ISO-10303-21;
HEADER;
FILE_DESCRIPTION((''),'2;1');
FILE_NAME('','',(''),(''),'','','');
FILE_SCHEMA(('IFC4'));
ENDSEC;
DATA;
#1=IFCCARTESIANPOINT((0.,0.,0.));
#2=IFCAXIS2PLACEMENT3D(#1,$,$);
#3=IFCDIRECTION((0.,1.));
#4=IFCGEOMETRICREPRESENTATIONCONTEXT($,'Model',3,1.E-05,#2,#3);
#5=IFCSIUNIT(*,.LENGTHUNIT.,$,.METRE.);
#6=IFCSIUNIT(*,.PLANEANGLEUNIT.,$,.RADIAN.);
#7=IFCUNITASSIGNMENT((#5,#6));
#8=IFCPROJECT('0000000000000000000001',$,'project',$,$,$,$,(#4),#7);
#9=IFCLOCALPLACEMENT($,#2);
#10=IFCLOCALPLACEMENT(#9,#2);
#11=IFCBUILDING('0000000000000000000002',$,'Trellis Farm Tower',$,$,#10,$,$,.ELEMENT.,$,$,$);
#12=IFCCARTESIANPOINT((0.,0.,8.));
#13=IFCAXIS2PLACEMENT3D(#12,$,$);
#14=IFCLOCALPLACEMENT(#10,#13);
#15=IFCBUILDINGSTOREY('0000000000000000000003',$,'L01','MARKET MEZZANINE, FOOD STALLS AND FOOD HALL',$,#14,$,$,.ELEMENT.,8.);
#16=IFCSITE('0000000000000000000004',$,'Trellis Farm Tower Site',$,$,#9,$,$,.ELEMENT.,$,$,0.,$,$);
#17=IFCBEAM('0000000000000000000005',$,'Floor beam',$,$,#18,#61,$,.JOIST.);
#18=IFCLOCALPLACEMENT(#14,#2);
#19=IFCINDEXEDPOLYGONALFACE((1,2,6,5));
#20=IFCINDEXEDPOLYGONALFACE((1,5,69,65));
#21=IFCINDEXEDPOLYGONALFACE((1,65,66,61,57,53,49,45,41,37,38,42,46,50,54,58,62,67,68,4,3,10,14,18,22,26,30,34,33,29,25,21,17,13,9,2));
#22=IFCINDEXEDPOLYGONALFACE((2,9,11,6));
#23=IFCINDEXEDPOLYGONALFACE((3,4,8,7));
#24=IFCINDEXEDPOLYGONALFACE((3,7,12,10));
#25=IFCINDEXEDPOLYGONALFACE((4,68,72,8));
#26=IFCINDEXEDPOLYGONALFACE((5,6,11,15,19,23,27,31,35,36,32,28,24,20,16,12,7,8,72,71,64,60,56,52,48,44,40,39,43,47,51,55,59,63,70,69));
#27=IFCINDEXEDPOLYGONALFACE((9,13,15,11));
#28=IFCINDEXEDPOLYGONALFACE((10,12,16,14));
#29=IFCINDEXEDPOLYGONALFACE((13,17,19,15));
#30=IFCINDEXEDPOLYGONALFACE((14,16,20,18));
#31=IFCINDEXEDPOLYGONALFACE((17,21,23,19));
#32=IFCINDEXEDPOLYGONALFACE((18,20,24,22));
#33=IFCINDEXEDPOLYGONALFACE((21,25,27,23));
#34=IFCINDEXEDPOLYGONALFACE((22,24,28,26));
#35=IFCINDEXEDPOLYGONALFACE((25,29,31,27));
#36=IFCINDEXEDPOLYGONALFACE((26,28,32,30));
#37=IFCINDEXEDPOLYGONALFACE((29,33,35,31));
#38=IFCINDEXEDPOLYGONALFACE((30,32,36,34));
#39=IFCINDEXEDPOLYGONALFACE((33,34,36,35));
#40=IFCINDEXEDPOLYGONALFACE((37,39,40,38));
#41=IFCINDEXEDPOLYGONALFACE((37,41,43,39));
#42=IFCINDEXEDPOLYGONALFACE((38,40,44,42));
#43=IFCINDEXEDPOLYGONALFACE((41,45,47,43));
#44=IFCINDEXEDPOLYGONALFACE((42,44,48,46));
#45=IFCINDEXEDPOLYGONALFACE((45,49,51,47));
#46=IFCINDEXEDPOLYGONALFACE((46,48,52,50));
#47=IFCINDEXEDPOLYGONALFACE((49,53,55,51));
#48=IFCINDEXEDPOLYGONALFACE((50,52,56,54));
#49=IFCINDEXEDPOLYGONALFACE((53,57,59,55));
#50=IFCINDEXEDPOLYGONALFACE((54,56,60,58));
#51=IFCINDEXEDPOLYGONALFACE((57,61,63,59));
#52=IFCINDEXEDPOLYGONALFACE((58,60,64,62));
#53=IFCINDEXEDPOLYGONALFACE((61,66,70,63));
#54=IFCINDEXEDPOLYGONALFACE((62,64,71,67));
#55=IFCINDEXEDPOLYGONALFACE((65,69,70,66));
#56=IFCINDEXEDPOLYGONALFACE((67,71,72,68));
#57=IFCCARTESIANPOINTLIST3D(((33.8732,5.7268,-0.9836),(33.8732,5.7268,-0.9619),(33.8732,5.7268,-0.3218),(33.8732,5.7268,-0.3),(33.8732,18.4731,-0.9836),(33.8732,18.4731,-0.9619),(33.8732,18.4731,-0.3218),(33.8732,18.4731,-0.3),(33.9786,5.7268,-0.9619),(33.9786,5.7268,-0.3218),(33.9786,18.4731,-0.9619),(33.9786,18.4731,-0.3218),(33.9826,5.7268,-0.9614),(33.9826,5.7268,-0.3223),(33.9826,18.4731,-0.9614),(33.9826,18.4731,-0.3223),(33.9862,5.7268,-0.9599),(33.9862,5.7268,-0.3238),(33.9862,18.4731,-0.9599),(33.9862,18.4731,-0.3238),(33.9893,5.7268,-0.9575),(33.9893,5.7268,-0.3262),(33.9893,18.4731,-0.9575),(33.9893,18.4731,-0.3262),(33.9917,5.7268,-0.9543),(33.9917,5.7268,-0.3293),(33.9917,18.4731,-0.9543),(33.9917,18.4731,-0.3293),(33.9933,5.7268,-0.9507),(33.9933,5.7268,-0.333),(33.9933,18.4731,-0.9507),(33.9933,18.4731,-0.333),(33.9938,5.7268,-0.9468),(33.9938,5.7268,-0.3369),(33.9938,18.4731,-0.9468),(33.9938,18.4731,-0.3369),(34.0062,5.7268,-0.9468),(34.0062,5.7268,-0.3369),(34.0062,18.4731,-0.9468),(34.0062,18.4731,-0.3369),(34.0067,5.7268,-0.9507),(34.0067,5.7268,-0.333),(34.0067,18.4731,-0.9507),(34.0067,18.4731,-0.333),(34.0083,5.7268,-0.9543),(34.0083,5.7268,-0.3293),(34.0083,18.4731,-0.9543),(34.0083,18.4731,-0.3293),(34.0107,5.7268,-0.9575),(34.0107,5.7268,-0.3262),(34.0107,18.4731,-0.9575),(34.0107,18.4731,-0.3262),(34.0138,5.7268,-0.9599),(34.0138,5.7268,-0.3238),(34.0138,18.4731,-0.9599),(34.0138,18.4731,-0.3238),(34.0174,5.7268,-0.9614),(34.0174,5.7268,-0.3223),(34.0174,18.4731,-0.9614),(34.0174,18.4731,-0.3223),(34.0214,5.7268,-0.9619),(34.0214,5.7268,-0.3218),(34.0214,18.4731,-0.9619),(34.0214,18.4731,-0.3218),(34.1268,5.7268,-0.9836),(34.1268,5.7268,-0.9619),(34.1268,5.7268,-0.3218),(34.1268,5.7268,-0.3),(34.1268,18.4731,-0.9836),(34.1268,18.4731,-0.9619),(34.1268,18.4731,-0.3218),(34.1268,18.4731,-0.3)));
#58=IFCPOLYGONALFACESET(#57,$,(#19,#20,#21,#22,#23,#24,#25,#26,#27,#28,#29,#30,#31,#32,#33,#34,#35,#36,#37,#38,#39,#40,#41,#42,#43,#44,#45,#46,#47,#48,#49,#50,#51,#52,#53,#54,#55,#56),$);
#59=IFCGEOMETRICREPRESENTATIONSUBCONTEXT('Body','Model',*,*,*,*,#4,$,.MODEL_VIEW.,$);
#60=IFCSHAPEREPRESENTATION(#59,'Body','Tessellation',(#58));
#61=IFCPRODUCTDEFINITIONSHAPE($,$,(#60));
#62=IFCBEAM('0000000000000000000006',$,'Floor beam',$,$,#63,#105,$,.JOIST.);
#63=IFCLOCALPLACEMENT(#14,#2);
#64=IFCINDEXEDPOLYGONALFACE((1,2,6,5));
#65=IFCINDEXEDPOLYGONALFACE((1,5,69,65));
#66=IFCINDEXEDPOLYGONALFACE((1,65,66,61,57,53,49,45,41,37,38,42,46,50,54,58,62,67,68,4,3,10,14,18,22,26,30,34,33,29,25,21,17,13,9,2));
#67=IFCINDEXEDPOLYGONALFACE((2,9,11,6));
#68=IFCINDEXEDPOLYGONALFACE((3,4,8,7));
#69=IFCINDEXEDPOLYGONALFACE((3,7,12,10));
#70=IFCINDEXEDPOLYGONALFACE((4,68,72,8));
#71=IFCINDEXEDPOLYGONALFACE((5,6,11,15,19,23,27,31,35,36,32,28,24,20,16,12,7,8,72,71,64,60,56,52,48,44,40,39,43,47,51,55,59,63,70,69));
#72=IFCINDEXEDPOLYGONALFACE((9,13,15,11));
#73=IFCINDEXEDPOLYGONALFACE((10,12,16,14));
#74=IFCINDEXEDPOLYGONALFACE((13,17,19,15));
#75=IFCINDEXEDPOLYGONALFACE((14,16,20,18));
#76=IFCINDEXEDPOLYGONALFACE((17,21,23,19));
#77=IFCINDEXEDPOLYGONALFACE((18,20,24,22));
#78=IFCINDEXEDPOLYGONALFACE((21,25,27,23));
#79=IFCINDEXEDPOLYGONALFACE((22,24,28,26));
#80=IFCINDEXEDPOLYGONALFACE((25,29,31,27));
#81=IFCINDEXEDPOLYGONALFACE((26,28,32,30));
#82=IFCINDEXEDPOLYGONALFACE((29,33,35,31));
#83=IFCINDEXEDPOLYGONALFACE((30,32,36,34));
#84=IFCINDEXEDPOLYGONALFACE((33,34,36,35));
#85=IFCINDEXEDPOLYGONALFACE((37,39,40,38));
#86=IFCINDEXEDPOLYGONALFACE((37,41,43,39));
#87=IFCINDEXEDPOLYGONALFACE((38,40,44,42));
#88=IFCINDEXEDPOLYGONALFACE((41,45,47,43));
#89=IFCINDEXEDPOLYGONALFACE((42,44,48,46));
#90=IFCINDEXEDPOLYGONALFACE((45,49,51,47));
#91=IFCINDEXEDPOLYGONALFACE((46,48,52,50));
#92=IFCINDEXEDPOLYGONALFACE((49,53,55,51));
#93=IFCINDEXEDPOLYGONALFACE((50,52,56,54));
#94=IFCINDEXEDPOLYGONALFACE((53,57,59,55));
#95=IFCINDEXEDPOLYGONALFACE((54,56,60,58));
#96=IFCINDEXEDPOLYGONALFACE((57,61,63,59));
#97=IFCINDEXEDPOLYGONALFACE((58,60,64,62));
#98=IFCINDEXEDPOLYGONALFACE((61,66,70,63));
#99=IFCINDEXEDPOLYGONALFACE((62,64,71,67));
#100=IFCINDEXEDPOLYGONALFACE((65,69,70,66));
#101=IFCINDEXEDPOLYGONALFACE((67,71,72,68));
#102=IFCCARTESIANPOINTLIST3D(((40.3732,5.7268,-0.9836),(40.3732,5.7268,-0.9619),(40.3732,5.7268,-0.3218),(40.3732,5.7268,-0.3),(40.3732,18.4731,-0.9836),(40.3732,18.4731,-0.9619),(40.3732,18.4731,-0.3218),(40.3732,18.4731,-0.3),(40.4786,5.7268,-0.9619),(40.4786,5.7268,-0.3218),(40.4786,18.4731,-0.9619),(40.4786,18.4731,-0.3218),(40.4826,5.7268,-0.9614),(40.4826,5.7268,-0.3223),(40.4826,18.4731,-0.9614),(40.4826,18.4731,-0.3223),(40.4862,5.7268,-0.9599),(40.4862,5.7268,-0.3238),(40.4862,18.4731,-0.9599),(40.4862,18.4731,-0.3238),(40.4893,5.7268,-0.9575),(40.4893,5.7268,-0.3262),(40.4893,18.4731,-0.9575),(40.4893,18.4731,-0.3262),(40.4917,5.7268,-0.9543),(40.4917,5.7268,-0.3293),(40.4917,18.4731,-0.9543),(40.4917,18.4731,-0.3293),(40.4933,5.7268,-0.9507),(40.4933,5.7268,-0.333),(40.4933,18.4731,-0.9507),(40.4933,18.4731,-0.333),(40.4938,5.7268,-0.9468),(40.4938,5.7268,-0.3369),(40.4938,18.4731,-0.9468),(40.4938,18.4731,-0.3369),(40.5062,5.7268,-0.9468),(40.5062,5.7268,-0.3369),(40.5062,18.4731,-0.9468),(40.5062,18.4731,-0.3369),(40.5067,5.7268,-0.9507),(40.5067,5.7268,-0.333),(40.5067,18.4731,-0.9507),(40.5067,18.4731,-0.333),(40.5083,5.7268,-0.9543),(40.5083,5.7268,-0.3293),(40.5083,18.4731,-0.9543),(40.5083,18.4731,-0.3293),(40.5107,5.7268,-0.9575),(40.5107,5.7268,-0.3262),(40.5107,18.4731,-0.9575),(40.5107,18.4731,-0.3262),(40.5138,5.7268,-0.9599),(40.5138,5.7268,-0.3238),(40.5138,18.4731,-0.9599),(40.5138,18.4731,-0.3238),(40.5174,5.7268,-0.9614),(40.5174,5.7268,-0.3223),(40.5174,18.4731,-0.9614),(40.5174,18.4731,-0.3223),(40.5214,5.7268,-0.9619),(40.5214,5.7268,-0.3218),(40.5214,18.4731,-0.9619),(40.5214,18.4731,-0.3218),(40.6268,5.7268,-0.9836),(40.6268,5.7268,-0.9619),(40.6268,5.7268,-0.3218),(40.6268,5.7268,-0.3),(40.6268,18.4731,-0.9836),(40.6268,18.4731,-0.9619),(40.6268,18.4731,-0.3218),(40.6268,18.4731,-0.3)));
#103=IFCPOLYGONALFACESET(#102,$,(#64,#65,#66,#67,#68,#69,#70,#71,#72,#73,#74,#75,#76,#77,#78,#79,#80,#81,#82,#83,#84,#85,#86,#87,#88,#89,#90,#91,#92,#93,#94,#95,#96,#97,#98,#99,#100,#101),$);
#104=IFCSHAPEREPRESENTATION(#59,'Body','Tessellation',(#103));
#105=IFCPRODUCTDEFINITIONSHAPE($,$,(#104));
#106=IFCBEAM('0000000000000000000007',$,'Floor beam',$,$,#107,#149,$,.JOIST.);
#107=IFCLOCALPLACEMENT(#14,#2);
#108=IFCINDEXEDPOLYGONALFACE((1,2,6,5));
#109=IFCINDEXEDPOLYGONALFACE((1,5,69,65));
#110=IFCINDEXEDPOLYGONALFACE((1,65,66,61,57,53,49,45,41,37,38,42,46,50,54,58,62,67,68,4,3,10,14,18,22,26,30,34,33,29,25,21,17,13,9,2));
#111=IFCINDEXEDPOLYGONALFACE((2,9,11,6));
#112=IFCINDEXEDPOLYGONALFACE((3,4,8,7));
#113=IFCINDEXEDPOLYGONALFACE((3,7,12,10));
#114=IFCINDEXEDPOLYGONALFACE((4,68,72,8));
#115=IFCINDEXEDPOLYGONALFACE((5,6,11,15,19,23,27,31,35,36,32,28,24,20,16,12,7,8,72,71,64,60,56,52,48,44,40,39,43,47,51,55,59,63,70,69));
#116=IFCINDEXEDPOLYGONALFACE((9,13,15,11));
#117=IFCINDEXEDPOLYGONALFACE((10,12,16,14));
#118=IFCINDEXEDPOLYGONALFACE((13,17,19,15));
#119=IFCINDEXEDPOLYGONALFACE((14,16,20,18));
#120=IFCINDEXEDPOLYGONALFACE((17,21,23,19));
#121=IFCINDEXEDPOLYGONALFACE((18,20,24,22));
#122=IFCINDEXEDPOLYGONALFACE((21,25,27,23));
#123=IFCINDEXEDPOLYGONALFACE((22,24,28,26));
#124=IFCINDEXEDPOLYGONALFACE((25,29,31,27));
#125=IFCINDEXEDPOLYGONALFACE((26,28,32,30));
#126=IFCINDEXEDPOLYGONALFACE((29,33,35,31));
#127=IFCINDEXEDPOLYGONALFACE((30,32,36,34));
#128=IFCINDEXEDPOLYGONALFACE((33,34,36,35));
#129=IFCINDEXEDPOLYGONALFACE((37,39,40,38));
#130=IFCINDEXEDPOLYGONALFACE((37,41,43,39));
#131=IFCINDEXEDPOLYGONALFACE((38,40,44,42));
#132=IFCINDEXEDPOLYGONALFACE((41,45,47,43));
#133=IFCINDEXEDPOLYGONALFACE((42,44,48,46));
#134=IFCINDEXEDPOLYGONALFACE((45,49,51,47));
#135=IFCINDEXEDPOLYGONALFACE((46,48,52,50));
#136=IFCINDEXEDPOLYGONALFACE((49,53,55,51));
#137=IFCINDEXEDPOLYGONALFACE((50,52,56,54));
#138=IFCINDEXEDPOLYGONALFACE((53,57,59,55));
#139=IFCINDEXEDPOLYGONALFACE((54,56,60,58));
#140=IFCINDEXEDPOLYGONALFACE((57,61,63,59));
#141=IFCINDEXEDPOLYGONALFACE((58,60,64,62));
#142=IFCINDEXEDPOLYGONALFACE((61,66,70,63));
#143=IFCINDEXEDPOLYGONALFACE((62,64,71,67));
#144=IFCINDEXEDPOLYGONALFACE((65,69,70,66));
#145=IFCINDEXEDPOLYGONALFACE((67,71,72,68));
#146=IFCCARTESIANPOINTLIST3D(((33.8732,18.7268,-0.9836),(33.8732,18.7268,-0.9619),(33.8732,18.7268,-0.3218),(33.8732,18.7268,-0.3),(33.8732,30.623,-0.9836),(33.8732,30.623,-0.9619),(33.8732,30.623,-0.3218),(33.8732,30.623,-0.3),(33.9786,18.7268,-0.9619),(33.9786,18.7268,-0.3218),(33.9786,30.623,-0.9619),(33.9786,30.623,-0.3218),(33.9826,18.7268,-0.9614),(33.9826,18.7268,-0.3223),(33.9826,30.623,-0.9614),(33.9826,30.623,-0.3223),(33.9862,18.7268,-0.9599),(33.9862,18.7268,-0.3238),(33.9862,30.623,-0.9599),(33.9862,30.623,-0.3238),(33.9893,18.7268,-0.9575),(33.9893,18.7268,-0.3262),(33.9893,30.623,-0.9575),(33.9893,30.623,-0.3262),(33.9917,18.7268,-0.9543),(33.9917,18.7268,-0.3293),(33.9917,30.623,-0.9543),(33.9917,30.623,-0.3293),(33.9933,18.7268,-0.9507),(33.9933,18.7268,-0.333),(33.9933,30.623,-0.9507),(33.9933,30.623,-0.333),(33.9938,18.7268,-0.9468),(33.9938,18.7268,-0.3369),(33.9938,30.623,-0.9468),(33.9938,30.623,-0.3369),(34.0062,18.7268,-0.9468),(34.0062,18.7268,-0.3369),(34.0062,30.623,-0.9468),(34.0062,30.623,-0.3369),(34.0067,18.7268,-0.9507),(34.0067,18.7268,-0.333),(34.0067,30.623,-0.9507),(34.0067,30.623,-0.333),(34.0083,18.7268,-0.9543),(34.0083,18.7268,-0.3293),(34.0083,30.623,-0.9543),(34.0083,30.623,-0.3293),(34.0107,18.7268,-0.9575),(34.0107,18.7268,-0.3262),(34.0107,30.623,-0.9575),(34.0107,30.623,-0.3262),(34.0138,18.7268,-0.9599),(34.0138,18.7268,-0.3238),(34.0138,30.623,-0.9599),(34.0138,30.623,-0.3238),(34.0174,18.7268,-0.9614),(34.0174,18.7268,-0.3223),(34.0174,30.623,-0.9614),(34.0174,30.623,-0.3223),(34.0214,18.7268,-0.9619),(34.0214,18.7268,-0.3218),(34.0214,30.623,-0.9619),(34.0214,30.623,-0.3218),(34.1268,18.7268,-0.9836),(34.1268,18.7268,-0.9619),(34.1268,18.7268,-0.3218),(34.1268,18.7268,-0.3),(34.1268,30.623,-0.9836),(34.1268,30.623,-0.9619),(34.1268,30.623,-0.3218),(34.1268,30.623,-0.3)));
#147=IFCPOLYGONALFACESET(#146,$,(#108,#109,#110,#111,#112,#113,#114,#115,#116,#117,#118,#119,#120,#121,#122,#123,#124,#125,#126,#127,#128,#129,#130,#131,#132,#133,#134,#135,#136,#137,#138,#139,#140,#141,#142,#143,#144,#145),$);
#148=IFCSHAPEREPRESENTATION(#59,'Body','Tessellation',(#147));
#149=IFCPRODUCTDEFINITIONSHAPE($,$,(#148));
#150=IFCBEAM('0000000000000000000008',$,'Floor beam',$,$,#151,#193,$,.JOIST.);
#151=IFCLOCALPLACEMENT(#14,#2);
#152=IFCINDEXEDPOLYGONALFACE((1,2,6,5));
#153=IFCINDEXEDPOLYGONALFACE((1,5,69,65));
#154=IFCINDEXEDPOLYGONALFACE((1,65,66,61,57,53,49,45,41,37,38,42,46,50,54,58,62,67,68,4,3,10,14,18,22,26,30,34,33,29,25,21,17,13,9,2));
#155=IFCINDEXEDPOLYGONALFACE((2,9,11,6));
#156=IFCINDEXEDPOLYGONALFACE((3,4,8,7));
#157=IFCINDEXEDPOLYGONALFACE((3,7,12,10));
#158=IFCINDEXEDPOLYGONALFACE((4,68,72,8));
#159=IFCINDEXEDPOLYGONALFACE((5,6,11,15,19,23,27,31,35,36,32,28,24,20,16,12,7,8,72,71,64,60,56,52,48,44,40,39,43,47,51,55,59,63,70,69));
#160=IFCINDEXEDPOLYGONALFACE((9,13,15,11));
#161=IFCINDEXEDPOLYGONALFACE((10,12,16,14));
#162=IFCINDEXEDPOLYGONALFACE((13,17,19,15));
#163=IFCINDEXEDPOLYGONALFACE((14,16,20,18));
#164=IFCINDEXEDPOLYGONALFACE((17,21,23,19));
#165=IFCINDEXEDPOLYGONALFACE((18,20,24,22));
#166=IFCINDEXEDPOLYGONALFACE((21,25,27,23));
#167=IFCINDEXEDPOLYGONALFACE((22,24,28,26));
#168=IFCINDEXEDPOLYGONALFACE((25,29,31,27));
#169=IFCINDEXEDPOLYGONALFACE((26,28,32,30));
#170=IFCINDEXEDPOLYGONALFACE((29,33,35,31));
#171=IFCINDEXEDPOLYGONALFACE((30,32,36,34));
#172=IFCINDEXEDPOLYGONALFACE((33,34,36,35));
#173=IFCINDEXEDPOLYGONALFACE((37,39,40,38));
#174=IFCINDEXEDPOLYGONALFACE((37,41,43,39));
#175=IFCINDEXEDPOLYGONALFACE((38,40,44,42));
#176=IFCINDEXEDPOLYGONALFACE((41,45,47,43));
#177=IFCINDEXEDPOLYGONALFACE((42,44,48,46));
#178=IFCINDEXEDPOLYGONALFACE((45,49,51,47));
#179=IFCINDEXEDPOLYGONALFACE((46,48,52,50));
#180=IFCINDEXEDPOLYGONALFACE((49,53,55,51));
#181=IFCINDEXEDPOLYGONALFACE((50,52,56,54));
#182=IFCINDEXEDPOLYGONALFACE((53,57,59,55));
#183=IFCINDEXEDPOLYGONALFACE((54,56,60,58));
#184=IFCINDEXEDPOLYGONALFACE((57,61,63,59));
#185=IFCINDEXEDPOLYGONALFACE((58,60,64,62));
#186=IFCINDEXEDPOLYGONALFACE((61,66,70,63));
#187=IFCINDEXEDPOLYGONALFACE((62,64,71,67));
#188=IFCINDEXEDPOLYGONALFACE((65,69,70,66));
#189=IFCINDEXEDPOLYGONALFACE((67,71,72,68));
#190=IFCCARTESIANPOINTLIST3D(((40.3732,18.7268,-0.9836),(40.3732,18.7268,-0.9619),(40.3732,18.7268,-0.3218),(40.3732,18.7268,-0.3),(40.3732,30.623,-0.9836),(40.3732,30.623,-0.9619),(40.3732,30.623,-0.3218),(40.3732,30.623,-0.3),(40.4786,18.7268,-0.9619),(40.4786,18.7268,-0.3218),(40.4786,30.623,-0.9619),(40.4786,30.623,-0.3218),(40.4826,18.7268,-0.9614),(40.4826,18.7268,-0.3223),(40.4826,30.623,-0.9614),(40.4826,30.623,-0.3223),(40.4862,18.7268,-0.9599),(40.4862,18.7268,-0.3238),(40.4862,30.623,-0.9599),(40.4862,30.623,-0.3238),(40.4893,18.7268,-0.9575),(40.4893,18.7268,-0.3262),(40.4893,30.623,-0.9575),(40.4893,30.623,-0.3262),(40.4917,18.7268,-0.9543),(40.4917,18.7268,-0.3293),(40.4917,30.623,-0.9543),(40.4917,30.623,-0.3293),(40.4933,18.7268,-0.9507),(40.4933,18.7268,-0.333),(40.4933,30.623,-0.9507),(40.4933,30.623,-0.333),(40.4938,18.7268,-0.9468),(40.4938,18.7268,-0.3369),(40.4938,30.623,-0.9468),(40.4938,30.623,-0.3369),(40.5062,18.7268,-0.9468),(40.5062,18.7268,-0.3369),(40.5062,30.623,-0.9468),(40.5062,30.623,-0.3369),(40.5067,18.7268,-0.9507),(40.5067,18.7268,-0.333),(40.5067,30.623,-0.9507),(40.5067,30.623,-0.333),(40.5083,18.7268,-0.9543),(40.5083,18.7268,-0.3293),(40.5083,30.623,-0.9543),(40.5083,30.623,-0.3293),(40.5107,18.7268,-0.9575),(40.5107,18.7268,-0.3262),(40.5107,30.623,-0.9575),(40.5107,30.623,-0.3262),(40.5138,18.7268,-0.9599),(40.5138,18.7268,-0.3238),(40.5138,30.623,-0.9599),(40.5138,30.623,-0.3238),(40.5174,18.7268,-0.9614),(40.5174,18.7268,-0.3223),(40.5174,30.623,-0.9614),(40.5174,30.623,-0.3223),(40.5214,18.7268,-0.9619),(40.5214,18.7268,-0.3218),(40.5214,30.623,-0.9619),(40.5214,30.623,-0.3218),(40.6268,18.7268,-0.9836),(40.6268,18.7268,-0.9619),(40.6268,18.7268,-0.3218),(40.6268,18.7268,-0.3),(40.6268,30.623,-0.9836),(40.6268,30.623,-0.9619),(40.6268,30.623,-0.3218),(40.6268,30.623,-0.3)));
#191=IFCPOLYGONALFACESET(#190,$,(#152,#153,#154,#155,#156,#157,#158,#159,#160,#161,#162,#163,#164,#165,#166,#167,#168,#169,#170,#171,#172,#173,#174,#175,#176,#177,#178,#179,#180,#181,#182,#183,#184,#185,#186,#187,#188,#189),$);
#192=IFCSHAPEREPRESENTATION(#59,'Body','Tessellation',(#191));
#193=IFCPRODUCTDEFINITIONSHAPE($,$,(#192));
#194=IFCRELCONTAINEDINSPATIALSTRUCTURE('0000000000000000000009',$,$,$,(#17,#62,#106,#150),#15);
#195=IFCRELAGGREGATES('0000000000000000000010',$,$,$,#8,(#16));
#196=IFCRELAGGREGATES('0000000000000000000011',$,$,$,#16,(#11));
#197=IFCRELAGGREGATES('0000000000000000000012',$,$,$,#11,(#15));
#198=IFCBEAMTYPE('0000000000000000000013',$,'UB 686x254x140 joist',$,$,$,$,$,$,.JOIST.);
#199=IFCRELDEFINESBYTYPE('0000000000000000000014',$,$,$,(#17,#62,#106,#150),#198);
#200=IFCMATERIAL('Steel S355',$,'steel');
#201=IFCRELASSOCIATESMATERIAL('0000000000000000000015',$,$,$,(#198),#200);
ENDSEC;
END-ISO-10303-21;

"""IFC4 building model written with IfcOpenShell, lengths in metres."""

from ifc_helpers import new_model, si_unit, direction, frame, origin, origin_2d, place, context, subcontext, project, spatial, i_section, extrude, source, transform, mapped, material, material_profile, profile_set, type_object, element, save


model = new_model("IFC4")

# Units and contexts
model_context = context("Model", 3, precision=1e-05, world=origin(), true_north=direction((0.0, 1.0)))
body_context = subcontext(model_context, "Body", "Model", "MODEL_VIEW")
ifc_project = project(units=[si_unit("LENGTHUNIT", "METRE"), si_unit("PLANEANGLEUNIT", "RADIAN")], contexts=[model_context])

# Site, building, storey
site_placement = place(None, origin())
site = spatial("IfcSite", under=ifc_project, at=site_placement, Name="Trellis Farm Tower Site", CompositionType="ELEMENT", RefElevation=0.0)
building_placement = place(site_placement, origin())
building = spatial("IfcBuilding", under=site, at=building_placement, Name="Trellis Farm Tower", CompositionType="ELEMENT")
storey_placement = place(building_placement, frame((0.0, 0.0, 8.0)))
storey = spatial("IfcBuildingStorey", under=building, at=storey_placement, Name="L01", Description="MARKET MEZZANINE, FOOD STALLS AND FOOD HALL", CompositionType="ELEMENT", Elevation=8.0)

# Beams
ifc_material_1 = material(Name="Steel S355", Category="steel")
ifc_material_profile_1 = material_profile(ifc_material_1, i_section(OverallWidth=0.2537, OverallDepth=0.6836, WebThickness=0.0125, FlangeThickness=0.0217, FilletRadius=0.0151, at=origin_2d()), Name="UB 686x254x140")
ifc_profile_set_1 = profile_set([ifc_material_profile_1], Name="Steel S355")
beam_type_1 = type_object("IfcBeamType", Name="UB 686x254x140 joist", PredefinedType="JOIST", material=ifc_profile_set_1)
shared_shape_1 = source(origin(), body_context, "Body", "SweptSolid", [
    extrude(i_section(OverallWidth=0.2537, OverallDepth=0.6836, WebThickness=0.0125, FlangeThickness=0.0217, FilletRadius=0.0151, at=origin_2d()), origin(), (0.0, 0.0, 1.0), 12.7463),
])
for number, where, z_axis, x_axis, name in (
    (1, (34.0, 5.7268, -0.6418), (0.0, 1.0, 0.0), (-1.0, 0.0, 0.0), "Floor beam"),
    (2, (40.5, 5.7268, -0.6418), (0.0, 1.0, 0.0), (-1.0, 0.0, 0.0), "Floor beam"),
):
    element("IfcBeam", number, at=place(storey_placement, frame(where, z_axis=z_axis, x_axis=x_axis)), inside=storey, type_object=beam_type_1, Name=name, PredefinedType="JOIST", context=body_context, shape_type="MappedRepresentation", body=[
        mapped(shared_shape_1, transform((0.0, 0.0, 0.0))),
    ])
shared_shape_2 = source(origin(), body_context, "Body", "SweptSolid", [
    extrude(i_section(OverallWidth=0.2537, OverallDepth=0.6836, WebThickness=0.0125, FlangeThickness=0.0217, FilletRadius=0.0151, at=origin_2d()), origin(), (0.0, 0.0, 1.0), 11.8962),
])
for number, where, z_axis, x_axis, name in (
    (3, (34.0, 18.7268, -0.6418), (0.0, 1.0, 0.0), (-1.0, 0.0, 0.0), "Floor beam"),
    (4, (40.5, 18.7268, -0.6418), (0.0, 1.0, 0.0), (-1.0, 0.0, 0.0), "Floor beam"),
):
    element("IfcBeam", number, at=place(storey_placement, frame(where, z_axis=z_axis, x_axis=x_axis)), inside=storey, type_object=beam_type_1, Name=name, PredefinedType="JOIST", context=body_context, shape_type="MappedRepresentation", body=[
        mapped(shared_shape_2, transform((0.0, 0.0, 0.0))),
    ])

save(model, "model.ifc")
